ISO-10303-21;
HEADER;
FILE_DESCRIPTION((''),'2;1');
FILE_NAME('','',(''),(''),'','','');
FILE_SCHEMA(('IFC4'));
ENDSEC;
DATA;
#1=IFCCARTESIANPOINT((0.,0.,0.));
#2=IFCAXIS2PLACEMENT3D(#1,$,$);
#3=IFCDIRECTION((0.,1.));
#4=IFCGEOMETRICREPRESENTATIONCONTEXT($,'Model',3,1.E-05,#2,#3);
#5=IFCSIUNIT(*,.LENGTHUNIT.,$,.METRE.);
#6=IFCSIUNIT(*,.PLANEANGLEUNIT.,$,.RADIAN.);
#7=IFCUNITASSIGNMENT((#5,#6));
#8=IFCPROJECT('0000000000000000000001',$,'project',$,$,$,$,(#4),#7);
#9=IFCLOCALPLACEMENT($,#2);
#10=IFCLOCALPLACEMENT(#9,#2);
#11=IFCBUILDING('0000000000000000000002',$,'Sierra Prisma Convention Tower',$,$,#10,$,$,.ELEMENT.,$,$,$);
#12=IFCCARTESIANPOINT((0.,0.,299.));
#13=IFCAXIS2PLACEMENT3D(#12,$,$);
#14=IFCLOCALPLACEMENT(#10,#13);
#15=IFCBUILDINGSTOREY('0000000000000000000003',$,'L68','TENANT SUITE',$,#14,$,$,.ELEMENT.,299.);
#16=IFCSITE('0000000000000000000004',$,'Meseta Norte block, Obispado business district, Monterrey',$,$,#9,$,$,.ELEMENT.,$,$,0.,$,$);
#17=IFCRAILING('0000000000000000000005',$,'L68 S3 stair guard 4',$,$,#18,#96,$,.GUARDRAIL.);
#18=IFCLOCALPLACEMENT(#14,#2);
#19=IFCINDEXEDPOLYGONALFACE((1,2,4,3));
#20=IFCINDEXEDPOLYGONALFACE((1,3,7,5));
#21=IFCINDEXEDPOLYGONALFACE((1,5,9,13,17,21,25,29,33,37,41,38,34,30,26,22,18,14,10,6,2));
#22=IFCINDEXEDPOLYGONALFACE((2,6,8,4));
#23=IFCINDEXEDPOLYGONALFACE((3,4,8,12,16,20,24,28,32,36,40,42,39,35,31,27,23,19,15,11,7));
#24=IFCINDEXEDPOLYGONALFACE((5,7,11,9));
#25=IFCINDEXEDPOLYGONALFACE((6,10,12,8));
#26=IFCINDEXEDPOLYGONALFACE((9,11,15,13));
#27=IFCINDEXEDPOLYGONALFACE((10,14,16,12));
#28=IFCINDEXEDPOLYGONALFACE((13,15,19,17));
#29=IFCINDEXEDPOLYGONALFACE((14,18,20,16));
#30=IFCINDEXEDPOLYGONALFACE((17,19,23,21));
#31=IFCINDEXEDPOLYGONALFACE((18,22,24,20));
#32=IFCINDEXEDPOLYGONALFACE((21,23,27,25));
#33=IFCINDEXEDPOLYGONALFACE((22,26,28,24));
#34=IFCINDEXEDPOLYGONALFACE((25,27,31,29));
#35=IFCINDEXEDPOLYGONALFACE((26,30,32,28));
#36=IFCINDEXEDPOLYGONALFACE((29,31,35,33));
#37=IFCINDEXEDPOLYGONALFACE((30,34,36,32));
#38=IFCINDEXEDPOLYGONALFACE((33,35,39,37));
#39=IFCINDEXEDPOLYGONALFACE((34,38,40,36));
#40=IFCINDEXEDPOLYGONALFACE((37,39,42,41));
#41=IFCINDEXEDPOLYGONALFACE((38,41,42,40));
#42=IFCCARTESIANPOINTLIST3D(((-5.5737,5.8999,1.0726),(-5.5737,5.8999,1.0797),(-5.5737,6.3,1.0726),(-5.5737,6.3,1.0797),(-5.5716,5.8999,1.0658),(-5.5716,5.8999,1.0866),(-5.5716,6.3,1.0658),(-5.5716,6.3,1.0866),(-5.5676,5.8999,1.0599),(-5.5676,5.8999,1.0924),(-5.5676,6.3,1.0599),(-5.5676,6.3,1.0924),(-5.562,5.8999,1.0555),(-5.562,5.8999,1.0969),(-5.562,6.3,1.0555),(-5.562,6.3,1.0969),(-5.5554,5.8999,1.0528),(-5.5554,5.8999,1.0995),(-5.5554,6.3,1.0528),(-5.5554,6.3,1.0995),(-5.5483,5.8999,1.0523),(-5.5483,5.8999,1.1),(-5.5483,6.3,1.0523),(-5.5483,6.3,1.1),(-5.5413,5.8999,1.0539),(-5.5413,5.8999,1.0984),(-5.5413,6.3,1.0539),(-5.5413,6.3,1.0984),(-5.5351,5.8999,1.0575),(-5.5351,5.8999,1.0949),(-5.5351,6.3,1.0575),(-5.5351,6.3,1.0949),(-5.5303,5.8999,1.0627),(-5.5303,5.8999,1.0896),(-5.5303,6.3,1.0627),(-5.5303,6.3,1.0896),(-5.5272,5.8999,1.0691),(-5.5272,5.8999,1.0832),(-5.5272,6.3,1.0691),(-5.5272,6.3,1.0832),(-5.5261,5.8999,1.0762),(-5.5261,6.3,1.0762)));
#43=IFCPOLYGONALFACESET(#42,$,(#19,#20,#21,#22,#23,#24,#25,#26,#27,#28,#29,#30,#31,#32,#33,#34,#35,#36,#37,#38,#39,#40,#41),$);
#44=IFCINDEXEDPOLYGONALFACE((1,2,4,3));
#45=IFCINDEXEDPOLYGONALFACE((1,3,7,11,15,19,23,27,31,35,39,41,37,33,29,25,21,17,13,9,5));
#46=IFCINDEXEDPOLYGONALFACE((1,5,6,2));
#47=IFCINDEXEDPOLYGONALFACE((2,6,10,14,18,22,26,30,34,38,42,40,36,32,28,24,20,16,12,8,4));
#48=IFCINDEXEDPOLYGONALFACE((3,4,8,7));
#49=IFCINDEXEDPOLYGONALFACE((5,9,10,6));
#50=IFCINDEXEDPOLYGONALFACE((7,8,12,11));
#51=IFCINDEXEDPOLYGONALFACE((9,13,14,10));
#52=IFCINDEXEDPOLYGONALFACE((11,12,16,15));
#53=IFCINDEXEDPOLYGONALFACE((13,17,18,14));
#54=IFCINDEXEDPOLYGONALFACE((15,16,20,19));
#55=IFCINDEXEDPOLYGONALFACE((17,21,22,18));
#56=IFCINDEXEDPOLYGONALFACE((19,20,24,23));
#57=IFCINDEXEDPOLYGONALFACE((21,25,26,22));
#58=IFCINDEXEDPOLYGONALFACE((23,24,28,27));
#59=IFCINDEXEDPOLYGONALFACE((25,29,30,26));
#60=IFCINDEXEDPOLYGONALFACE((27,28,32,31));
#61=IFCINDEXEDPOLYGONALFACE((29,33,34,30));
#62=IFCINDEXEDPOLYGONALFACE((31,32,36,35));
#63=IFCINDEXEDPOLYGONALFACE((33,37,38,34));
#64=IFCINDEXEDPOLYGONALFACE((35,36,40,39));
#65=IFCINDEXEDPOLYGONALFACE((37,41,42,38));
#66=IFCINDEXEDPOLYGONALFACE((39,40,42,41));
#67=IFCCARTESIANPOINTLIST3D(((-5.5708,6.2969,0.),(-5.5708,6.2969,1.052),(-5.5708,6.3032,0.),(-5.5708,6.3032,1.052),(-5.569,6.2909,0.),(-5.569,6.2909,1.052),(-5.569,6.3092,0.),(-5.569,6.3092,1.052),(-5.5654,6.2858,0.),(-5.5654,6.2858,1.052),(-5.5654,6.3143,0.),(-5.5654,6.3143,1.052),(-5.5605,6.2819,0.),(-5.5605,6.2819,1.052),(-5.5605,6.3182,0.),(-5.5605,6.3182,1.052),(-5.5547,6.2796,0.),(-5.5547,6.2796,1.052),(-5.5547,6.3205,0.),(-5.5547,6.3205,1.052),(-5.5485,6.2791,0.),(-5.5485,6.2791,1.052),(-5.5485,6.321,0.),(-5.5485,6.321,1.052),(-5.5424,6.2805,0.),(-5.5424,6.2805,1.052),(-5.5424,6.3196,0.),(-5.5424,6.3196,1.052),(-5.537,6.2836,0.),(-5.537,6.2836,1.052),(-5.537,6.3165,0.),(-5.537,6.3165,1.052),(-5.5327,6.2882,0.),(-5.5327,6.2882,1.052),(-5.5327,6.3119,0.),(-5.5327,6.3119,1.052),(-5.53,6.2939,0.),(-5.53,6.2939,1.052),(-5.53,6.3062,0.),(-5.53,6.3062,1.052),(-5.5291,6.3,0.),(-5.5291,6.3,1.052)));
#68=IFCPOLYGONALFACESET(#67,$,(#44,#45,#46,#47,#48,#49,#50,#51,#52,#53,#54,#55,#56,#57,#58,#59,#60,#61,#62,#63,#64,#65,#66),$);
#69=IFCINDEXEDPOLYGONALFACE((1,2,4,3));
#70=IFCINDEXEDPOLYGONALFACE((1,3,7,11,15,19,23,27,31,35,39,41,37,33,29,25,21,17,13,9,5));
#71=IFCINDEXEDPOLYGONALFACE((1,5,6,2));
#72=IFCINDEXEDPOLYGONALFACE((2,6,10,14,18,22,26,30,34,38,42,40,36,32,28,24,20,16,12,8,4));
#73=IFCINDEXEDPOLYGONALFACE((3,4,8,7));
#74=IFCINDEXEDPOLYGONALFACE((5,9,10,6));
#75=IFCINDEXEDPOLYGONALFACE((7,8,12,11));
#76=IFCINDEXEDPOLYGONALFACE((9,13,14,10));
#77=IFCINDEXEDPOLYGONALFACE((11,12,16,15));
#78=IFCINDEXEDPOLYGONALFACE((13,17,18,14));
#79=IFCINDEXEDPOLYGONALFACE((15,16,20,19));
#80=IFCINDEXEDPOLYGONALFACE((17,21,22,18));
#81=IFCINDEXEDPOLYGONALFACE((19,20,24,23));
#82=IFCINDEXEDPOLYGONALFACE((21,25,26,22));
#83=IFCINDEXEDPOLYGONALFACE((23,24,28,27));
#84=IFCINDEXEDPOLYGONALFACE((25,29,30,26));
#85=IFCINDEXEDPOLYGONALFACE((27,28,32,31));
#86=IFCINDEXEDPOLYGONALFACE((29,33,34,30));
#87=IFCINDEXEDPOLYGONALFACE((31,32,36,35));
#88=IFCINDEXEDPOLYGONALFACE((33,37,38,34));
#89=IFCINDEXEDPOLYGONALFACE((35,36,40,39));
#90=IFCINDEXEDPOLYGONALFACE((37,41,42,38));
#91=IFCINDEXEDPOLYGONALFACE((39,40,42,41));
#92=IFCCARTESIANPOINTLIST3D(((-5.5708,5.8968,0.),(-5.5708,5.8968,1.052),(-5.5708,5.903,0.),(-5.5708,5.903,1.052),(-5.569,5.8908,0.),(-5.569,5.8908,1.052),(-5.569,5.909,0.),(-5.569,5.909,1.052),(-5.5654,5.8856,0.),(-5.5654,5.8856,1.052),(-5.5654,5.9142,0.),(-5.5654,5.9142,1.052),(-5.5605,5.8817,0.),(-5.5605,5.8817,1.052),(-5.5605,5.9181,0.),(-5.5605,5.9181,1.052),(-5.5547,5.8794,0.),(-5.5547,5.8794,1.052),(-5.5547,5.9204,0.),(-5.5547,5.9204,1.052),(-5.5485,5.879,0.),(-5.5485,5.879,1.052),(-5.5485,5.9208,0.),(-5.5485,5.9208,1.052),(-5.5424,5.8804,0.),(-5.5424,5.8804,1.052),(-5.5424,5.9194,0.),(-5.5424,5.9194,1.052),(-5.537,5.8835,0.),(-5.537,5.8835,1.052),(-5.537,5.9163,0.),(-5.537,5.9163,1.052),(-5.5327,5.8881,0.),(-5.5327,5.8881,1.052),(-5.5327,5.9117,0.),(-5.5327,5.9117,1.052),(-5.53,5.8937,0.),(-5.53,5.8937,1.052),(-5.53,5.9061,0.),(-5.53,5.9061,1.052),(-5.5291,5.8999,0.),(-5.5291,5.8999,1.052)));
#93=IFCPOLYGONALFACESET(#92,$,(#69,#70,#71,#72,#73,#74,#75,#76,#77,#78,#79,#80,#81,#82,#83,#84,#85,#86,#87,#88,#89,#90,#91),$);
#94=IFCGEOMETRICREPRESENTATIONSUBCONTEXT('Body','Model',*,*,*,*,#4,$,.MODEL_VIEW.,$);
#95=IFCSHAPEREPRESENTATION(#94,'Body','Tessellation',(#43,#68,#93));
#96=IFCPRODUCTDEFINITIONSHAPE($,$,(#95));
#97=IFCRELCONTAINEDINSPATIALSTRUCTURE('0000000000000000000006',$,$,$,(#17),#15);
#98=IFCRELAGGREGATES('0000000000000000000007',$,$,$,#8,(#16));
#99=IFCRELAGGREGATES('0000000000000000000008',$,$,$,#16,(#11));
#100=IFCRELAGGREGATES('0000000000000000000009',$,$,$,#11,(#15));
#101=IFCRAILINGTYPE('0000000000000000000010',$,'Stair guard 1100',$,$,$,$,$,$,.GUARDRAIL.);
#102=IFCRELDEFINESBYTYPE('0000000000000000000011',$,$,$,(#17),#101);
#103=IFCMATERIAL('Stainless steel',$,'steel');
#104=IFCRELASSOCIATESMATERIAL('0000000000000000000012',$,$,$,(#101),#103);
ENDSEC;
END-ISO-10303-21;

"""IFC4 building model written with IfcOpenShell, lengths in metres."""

from ifc_helpers import new_model, si_unit, direction, frame, origin, origin_2d, place, context, subcontext, project, spatial, circle, extrude, material, type_object, element, save


model = new_model("IFC4")

# Units and contexts
model_context = context("Model", 3, precision=1e-05, world=origin(), true_north=direction((0.0, 1.0)))
body_context = subcontext(model_context, "Body", "Model", "MODEL_VIEW")
ifc_project = project(units=[si_unit("LENGTHUNIT", "METRE"), si_unit("PLANEANGLEUNIT", "RADIAN")], contexts=[model_context])

# Site, building, storey
site_placement = place(None, origin())
site = spatial("IfcSite", under=ifc_project, at=site_placement, Name="Meseta Norte block, Obispado business district, Monterrey", CompositionType="ELEMENT", RefElevation=0.0)
building_placement = place(site_placement, origin())
building = spatial("IfcBuilding", under=site, at=building_placement, Name="Sierra Prisma Convention Tower", CompositionType="ELEMENT")
storey_placement = place(building_placement, frame((0.0, 0.0, 299.0)))
storey = spatial("IfcBuildingStorey", under=building, at=storey_placement, Name="L68", Description="TENANT SUITE", CompositionType="ELEMENT", Elevation=299.0)

# Railing
ifc_material_1 = material(Name="Stainless steel", Category="steel")
railing_type_1 = type_object("IfcRailingType", Name="Stair guard 1100", PredefinedType="GUARDRAIL", material=ifc_material_1)
railing_1_placement = place(storey_placement, frame((-5.55, 6.3, 0.0)))
element("IfcRailing", 1, at=railing_1_placement, inside=storey, type_object=railing_type_1, Name="L68 S3 stair guard 4", PredefinedType="GUARDRAIL", context=body_context, shape_type="SweptSolid", body=[
    extrude(circle(Radius=0.0239, at=origin_2d()), frame((0.0, 0.0, 1.0762), z_axis=(0.0, -1.0, 0.0), x_axis=(1.0, 0.0, 0.0)), (0.0, 0.0, 1.0), 0.4001),
    extrude(circle(Radius=0.021, at=origin_2d()), origin(), (0.0, 0.0, 1.0), 1.052),
    extrude(circle(Radius=0.021, at=origin_2d()), frame((0.0, -0.4001, 0.0)), (0.0, 0.0, 1.0), 1.052),
])

save(model, "model.ifc")
